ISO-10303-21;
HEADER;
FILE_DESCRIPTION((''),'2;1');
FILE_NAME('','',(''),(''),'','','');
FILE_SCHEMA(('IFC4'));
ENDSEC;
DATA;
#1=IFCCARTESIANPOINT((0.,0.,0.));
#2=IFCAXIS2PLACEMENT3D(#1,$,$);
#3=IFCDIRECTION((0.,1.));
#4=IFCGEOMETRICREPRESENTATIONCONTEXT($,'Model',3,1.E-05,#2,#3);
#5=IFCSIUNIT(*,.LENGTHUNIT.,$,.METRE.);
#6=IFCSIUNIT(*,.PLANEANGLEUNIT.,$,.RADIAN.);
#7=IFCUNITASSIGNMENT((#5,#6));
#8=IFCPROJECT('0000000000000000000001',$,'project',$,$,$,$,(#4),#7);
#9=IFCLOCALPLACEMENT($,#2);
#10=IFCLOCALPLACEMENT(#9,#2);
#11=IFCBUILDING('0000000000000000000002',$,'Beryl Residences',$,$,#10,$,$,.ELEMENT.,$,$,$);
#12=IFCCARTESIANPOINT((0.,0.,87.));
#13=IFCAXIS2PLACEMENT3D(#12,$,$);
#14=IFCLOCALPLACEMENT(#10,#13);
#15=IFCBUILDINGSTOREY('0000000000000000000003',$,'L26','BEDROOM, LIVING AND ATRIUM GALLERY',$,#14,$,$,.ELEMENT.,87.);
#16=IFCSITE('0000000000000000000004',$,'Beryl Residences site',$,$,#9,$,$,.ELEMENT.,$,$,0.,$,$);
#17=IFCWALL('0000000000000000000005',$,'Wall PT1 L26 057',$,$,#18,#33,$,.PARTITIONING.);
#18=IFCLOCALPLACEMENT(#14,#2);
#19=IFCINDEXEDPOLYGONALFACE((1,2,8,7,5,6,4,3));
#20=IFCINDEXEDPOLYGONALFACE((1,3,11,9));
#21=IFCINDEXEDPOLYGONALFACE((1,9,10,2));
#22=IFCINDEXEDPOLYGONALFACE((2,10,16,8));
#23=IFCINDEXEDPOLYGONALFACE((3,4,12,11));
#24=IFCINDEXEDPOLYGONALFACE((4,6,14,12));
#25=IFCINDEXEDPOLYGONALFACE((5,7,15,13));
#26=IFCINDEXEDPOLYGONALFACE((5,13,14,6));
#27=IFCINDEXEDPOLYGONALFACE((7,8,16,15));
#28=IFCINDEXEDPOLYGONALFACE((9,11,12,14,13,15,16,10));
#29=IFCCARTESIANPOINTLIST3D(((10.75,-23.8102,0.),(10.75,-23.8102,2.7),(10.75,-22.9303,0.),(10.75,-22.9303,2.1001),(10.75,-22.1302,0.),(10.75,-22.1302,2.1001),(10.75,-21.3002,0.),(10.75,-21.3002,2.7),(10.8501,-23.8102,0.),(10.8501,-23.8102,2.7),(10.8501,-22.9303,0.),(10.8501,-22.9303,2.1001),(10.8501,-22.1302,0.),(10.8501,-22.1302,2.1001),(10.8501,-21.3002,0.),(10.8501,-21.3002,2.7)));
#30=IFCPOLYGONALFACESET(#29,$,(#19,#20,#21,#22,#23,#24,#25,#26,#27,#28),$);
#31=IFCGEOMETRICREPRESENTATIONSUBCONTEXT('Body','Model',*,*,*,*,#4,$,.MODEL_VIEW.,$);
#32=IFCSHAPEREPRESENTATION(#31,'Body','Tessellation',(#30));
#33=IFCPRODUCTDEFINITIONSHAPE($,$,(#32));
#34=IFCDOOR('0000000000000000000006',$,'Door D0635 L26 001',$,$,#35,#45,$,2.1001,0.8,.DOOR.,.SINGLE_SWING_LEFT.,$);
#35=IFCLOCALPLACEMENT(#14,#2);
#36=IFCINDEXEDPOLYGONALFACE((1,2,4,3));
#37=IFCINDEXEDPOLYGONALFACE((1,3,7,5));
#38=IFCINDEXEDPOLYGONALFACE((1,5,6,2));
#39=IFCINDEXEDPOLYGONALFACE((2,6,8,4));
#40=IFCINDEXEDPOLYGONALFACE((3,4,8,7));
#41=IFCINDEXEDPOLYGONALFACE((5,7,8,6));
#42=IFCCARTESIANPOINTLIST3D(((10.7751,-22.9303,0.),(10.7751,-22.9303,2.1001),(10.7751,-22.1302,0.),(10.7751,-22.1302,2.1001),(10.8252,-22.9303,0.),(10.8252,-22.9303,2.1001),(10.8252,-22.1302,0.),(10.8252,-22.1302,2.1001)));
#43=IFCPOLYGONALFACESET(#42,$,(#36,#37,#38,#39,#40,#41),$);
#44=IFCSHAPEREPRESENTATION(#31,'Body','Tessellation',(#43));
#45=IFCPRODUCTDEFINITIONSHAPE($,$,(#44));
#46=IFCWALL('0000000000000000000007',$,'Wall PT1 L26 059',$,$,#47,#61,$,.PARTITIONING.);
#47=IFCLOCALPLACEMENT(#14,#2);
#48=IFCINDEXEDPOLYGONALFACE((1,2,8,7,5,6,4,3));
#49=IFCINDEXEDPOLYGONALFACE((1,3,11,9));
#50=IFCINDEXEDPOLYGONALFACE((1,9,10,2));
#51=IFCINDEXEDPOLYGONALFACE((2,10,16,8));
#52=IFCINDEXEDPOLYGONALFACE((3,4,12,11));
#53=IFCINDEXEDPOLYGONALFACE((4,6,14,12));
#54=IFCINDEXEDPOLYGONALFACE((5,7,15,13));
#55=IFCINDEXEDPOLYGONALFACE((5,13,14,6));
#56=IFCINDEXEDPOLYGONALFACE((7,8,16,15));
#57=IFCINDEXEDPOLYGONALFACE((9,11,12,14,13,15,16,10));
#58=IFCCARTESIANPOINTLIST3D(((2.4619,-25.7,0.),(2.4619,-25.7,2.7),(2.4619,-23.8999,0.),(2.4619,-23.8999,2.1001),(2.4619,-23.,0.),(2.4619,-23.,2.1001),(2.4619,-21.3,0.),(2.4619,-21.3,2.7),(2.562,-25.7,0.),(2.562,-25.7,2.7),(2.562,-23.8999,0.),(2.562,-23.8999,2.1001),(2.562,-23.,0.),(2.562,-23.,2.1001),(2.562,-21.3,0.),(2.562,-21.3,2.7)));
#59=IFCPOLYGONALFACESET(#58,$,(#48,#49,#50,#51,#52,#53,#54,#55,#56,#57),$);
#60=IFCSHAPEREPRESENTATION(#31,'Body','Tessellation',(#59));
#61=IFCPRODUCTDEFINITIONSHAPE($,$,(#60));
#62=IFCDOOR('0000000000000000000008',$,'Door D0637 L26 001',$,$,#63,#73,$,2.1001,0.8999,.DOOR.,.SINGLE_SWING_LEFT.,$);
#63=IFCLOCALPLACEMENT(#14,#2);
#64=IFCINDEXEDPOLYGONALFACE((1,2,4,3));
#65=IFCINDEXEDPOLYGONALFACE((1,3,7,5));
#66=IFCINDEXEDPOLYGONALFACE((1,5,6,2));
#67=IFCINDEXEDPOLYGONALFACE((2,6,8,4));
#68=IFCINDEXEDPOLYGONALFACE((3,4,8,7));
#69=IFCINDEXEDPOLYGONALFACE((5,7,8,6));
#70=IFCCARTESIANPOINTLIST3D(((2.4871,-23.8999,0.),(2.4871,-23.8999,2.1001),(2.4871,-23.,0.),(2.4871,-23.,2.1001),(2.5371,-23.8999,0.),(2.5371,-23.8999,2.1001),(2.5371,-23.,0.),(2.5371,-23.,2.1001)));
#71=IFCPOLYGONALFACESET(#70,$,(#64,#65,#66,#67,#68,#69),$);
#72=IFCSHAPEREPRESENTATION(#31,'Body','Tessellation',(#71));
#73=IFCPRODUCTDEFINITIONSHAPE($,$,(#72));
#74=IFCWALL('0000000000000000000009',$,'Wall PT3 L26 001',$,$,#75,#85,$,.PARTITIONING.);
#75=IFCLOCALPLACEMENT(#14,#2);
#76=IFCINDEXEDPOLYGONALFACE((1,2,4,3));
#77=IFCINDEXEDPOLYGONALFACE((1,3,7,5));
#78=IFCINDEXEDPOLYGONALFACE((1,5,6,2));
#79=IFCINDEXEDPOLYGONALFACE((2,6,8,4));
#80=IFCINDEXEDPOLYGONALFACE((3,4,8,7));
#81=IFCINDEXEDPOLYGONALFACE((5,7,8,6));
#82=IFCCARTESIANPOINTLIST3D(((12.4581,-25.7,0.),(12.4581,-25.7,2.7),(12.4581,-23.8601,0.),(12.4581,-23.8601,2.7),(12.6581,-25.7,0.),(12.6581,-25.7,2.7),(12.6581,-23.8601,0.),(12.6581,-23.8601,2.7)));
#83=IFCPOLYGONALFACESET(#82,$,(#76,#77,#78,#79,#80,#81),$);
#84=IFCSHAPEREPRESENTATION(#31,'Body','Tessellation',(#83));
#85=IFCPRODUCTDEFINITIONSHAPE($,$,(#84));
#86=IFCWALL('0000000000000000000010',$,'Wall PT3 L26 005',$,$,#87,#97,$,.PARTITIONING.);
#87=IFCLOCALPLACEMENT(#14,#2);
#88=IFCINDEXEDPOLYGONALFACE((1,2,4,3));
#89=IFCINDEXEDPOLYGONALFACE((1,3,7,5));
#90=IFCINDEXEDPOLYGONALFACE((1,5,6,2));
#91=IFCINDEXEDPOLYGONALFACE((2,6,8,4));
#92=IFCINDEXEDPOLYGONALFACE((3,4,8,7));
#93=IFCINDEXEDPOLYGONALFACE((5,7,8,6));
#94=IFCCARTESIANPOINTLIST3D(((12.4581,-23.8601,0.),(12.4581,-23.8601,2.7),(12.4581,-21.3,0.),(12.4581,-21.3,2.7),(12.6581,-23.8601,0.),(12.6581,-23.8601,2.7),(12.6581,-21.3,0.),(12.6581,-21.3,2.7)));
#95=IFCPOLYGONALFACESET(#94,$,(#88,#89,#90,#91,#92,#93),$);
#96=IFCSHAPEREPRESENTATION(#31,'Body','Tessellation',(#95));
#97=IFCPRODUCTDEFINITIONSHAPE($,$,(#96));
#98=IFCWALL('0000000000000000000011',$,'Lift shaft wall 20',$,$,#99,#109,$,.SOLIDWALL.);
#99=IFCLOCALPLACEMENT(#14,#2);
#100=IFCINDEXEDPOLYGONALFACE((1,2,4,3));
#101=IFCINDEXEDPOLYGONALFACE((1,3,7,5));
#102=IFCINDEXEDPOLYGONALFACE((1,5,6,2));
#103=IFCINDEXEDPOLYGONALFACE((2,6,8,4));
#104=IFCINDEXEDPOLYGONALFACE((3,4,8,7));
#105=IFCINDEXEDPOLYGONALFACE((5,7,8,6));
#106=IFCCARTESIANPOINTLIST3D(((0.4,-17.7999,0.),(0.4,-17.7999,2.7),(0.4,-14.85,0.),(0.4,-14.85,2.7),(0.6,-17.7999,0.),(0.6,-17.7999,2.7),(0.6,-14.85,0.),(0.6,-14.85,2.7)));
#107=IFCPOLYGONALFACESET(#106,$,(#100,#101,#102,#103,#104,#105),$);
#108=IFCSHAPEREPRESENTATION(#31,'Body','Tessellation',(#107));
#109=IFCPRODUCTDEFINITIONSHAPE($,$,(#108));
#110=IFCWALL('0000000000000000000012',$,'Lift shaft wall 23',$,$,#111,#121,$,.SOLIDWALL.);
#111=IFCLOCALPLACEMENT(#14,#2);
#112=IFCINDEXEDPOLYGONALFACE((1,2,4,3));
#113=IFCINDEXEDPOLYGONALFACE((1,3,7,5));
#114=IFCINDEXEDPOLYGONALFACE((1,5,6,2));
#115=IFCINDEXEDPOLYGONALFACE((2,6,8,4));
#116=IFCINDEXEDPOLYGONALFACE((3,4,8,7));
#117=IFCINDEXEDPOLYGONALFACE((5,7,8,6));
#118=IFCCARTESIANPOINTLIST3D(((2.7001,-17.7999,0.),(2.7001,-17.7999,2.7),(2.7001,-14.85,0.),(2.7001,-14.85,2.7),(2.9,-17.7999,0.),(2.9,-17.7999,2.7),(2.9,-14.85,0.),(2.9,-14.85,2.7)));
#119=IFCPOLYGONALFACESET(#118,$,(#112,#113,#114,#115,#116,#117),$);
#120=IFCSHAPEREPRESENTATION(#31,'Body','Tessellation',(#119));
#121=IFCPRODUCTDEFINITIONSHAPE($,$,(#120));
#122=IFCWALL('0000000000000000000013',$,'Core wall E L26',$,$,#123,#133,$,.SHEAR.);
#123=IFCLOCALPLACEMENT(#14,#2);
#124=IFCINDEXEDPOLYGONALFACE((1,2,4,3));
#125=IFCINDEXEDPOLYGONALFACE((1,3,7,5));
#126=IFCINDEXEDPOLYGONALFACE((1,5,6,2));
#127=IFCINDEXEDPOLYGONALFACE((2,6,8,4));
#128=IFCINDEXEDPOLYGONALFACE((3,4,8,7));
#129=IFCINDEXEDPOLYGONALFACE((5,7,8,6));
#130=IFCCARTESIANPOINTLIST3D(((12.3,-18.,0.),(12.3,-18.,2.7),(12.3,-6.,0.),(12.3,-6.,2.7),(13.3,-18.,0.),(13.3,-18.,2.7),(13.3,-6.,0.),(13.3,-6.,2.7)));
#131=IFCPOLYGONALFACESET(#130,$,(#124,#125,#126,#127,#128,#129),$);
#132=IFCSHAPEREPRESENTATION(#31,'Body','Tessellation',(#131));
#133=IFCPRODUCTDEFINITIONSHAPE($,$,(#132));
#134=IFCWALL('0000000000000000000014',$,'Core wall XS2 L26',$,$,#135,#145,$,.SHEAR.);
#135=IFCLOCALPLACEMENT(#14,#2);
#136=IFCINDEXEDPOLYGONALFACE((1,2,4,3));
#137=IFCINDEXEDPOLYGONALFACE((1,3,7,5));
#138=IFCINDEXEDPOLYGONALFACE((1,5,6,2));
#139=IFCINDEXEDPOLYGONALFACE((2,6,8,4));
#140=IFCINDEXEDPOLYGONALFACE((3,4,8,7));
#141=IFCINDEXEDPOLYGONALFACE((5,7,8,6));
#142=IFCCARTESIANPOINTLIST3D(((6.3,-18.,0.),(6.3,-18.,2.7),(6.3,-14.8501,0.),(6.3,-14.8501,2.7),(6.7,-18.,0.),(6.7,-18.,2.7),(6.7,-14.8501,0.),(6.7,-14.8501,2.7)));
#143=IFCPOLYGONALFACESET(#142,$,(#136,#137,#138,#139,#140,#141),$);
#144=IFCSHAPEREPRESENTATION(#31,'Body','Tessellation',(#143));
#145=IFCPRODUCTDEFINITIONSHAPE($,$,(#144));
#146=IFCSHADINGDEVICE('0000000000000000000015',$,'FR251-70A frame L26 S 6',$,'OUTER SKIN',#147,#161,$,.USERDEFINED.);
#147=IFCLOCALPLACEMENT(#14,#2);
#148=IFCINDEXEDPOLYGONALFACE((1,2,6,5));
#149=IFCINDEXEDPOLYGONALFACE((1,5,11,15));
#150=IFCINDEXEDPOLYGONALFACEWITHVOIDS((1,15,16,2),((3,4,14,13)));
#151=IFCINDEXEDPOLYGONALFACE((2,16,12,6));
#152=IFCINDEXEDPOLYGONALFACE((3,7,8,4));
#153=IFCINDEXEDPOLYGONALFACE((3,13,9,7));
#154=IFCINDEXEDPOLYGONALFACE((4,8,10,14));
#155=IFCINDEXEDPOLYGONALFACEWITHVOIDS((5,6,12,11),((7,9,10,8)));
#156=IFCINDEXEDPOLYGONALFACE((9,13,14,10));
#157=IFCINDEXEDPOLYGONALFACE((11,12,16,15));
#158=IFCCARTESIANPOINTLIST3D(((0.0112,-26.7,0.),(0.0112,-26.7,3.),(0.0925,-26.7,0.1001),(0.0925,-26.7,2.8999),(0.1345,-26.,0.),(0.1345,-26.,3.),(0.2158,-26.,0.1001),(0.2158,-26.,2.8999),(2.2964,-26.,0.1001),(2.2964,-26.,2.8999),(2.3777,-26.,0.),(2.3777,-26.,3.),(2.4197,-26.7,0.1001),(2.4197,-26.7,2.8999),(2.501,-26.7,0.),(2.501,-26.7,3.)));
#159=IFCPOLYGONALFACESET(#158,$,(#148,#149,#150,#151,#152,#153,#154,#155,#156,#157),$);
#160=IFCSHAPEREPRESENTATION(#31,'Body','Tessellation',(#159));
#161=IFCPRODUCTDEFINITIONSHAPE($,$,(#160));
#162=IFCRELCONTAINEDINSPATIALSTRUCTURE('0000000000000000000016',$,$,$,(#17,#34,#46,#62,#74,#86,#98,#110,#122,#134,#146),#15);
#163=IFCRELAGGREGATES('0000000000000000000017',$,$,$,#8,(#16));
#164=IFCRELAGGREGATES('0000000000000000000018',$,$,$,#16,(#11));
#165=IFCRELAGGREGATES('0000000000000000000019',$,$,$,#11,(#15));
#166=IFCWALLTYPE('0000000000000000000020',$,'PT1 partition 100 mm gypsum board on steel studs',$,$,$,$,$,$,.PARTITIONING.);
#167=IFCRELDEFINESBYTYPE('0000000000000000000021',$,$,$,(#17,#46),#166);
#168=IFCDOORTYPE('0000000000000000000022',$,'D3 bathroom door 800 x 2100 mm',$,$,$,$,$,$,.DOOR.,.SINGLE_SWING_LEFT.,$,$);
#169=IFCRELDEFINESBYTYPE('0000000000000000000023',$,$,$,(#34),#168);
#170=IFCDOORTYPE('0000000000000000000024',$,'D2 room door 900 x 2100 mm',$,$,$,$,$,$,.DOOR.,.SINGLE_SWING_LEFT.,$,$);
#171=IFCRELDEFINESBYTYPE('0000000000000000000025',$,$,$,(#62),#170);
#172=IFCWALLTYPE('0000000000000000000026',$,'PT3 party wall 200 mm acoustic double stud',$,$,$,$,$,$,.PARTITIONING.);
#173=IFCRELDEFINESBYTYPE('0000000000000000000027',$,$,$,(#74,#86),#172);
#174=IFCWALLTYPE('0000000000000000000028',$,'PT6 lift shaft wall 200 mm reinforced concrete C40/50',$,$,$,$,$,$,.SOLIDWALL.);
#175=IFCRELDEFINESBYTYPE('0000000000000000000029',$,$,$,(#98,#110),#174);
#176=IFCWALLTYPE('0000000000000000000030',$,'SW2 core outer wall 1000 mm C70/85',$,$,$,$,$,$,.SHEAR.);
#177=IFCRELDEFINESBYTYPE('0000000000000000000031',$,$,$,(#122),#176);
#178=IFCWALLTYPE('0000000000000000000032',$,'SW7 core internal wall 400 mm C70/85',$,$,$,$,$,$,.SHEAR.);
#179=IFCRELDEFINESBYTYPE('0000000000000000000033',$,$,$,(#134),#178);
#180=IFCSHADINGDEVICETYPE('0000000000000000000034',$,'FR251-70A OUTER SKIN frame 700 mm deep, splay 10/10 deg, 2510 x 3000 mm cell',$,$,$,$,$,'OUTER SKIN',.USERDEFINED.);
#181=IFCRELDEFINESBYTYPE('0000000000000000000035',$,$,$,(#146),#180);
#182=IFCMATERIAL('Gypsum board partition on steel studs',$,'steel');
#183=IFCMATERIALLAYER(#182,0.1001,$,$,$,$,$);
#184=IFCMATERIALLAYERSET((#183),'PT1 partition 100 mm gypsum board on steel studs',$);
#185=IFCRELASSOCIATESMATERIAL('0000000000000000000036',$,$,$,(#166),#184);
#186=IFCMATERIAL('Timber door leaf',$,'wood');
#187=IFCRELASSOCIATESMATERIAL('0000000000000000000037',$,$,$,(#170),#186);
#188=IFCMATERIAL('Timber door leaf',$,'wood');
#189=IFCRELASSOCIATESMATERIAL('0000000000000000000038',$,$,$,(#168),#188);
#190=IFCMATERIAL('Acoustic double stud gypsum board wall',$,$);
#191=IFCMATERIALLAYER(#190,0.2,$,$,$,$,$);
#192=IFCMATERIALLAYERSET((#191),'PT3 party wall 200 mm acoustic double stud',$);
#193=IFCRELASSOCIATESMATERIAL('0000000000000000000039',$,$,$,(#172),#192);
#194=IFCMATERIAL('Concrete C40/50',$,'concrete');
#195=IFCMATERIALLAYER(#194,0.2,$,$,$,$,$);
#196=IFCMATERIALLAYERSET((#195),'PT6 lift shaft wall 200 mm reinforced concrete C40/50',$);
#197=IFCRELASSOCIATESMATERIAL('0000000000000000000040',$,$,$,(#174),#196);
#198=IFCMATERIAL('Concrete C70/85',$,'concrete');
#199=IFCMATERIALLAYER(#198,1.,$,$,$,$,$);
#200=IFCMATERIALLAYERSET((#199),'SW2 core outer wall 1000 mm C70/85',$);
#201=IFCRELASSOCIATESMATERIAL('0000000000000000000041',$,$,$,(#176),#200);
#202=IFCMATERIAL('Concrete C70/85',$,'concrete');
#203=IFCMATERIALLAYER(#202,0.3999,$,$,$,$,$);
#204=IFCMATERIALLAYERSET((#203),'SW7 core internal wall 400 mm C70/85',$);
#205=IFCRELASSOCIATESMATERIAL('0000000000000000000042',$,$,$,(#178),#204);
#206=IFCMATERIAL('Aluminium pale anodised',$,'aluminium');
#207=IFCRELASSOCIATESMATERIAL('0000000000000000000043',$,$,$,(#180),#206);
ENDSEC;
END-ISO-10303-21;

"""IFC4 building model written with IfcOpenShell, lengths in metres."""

from ifc_helpers import new_model, entity, si_unit, direction, frame, frame_2d, origin, place, context, subcontext, project, spatial, rectangle, extrude, source, transform, mapped, material, layer, layer_set, type_object, type_shapes, element, fill, save


model = new_model("IFC4")

# Units and contexts
model_context = context("Model", 3, precision=1e-05, world=origin(), true_north=direction((0.0, 1.0)))
body_context = subcontext(model_context, "Body", "Model", "MODEL_VIEW")
ifc_project = project(units=[si_unit("LENGTHUNIT", "METRE"), si_unit("PLANEANGLEUNIT", "RADIAN")], contexts=[model_context])

# Site, building, storey
site_placement = place(None, origin())
site = spatial("IfcSite", under=ifc_project, at=site_placement, Name="Beryl Residences site", CompositionType="ELEMENT", RefElevation=0.0)
building_placement = place(site_placement, origin())
building = spatial("IfcBuilding", under=site, at=building_placement, Name="Beryl Residences", CompositionType="ELEMENT")
storey_placement = place(building_placement, frame((0.0, 0.0, 87.0)))
storey = spatial("IfcBuildingStorey", under=building, at=storey_placement, Name="L26", Description="BEDROOM, LIVING AND ATRIUM GALLERY", CompositionType="ELEMENT", Elevation=87.0)

# Shared definitions
ifc_material_1 = material(Name="Gypsum board partition on steel studs", Category="steel")
ifc_layer_1 = layer(ifc_material_1, 0.1001)
ifc_layer_set_1 = layer_set([ifc_layer_1], Name="PT1 partition 100 mm gypsum board on steel studs")
wall_type_1 = type_object("IfcWallType", Name="PT1 partition 100 mm gypsum board on steel studs", PredefinedType="PARTITIONING", material=ifc_layer_set_1)
ifc_material_2 = material(Name="Timber door leaf", Category="wood")
door_type_1 = type_object("IfcDoorType", Name="D2 room door 900 x 2100 mm", OperationType="SINGLE_SWING_LEFT", PredefinedType="DOOR", material=ifc_material_2)

# Walls, openings, doors
wall_1_placement = place(storey_placement, frame((10.8, -23.8101, 0.0), z_axis=(0.0, 0.0, 1.0), x_axis=(0.0, 1.0, 0.0)))
wall_1 = element("IfcWall", 1, at=wall_1_placement, inside=storey, type_object=wall_type_1, Name="Wall PT1 L26 057", PredefinedType="PARTITIONING", context=body_context, shape_type="SweptSolid", body=[
    extrude(rectangle(XDim=2.51, YDim=0.1001, at=frame_2d((1.2549, 0.0))), origin(), (0.0, 0.0, 1.0), 2.7),
])
opening_1_placement = place(wall_1_placement, frame((0.8799, 0.0, 0.0)))
opening_1 = element("IfcOpeningElement", 2, at=opening_1_placement, cuts=wall_1, PredefinedType="OPENING", context=body_context, shape_type="SweptSolid", body=[
    extrude(rectangle(XDim=0.8, YDim=2.1001, at=frame_2d((0.3999, 1.05))), frame((0.0, 0.0601, 0.0), z_axis=(0.0, -1.0, 0.0), x_axis=(1.0, 0.0, 0.0)), (0.0, 0.0, 1.0), 0.1201),
])
ifc_material_3 = material(Name="Timber door leaf", Category="wood")
door_type_2 = type_object("IfcDoorType", Name="D3 bathroom door 800 x 2100 mm", OperationType="SINGLE_SWING_LEFT", PredefinedType="DOOR", material=ifc_material_3)
door_1_placement = place(opening_1_placement, origin())
door_1 = element("IfcDoor", 3, at=door_1_placement, inside=storey, type_object=door_type_2, Name="Door D0635 L26 001", OperationType="SINGLE_SWING_LEFT", OverallHeight=2.1001, OverallWidth=0.8, PredefinedType="DOOR", context=body_context, shape_type="SweptSolid", body=[
    extrude(rectangle(XDim=0.8, YDim=2.1001, at=frame_2d((0.3999, 1.05))), frame((0.0, 0.0249, 0.0), z_axis=(0.0, -1.0, 0.0), x_axis=(1.0, 0.0, 0.0)), (0.0, 0.0, 1.0), 0.05),
])
fill(opening_1, door_1)
wall_2_placement = place(storey_placement, frame((2.512, -25.7, 0.0), z_axis=(0.0, 0.0, 1.0), x_axis=(0.0, 1.0, 0.0)))
wall_2 = element("IfcWall", 4, at=wall_2_placement, inside=storey, type_object=wall_type_1, Name="Wall PT1 L26 059", PredefinedType="PARTITIONING", context=body_context, shape_type="SweptSolid", body=[
    extrude(rectangle(XDim=4.3999, YDim=0.1001, at=frame_2d((2.2, 0.0))), origin(), (0.0, 0.0, 1.0), 2.7),
])
opening_2_placement = place(wall_2_placement, frame((1.8, 0.0, 0.0)))
opening_2 = element("IfcOpeningElement", 5, at=opening_2_placement, cuts=wall_2, PredefinedType="OPENING", context=body_context, shape_type="SweptSolid", body=[
    extrude(rectangle(XDim=0.8999, YDim=2.1001, at=frame_2d((0.45, 1.05))), frame((0.0, 0.0601, 0.0), z_axis=(0.0, -1.0, 0.0), x_axis=(1.0, 0.0, 0.0)), (0.0, 0.0, 1.0), 0.1201),
])
door_2_placement = place(opening_2_placement, origin())
door_2 = element("IfcDoor", 6, at=door_2_placement, inside=storey, type_object=door_type_1, Name="Door D0637 L26 001", OperationType="SINGLE_SWING_LEFT", OverallHeight=2.1001, OverallWidth=0.8999, PredefinedType="DOOR", context=body_context, shape_type="SweptSolid", body=[
    extrude(rectangle(XDim=0.8999, YDim=2.1001, at=frame_2d((0.45, 1.05))), frame((0.0, 0.0249, 0.0), z_axis=(0.0, -1.0, 0.0), x_axis=(1.0, 0.0, 0.0)), (0.0, 0.0, 1.0), 0.05),
])
fill(opening_2, door_2)

# Walls
ifc_material_4 = material(Name="Acoustic double stud gypsum board wall")
ifc_layer_2 = layer(ifc_material_4, 0.2)
ifc_layer_set_2 = layer_set([ifc_layer_2], Name="PT3 party wall 200 mm acoustic double stud")
wall_type_2 = type_object("IfcWallType", Name="PT3 party wall 200 mm acoustic double stud", PredefinedType="PARTITIONING", material=ifc_layer_set_2)
wall_3_placement = place(storey_placement, frame((12.5581, -23.8601, 0.0), z_axis=(0.0, 0.0, 1.0), x_axis=(0.0, -1.0, 0.0)))
element("IfcWall", 7, at=wall_3_placement, inside=storey, type_object=wall_type_2, Name="Wall PT3 L26 001", PredefinedType="PARTITIONING", context=body_context, shape_type="SweptSolid", body=[
    extrude(rectangle(XDim=1.8398, YDim=0.2, at=frame_2d((0.9199, 0.0))), origin(), (0.0, 0.0, 1.0), 2.7),
])
wall_4_placement = place(storey_placement, frame((12.5581, -23.8601, 0.0), z_axis=(0.0, 0.0, 1.0), x_axis=(0.0, 1.0, 0.0)))
element("IfcWall", 8, at=wall_4_placement, inside=storey, type_object=wall_type_2, Name="Wall PT3 L26 005", PredefinedType="PARTITIONING", context=body_context, shape_type="SweptSolid", body=[
    extrude(rectangle(XDim=2.5601, YDim=0.2, at=frame_2d((1.28, 0.0))), origin(), (0.0, 0.0, 1.0), 2.7),
])
ifc_material_5 = material(Name="Concrete C40/50", Category="concrete")
ifc_layer_3 = layer(ifc_material_5, 0.2)
ifc_layer_set_3 = layer_set([ifc_layer_3], Name="PT6 lift shaft wall 200 mm reinforced concrete C40/50")
wall_type_3 = type_object("IfcWallType", Name="PT6 lift shaft wall 200 mm reinforced concrete C40/50", PredefinedType="SOLIDWALL", material=ifc_layer_set_3)
for number, where, z_axis, x_axis, name in (
    (9, (0.5, -17.8, 0.0), (0.0, 0.0, 1.0), (0.0, 1.0, 0.0), "Lift shaft wall 20"),
    (10, (2.8, -17.8, 0.0), (0.0, 0.0, 1.0), (0.0, 1.0, 0.0), "Lift shaft wall 23"),
):
    element("IfcWall", number, at=place(storey_placement, frame(where, z_axis=z_axis, x_axis=x_axis)), inside=storey, type_object=wall_type_3, Name=name, PredefinedType="SOLIDWALL", context=body_context, shape_type="SweptSolid", body=[
        extrude(rectangle(XDim=2.95, YDim=0.2, at=frame_2d((1.4751, 0.0))), origin(), (0.0, 0.0, 1.0), 2.7),
    ])
ifc_material_6 = material(Name="Concrete C70/85", Category="concrete")
ifc_layer_4 = layer(ifc_material_6, 1.0)
ifc_layer_set_4 = layer_set([ifc_layer_4], Name="SW2 core outer wall 1000 mm C70/85")
wall_type_4 = type_object("IfcWallType", Name="SW2 core outer wall 1000 mm C70/85", PredefinedType="SHEAR", material=ifc_layer_set_4)
wall_5_placement = place(storey_placement, frame((12.8, -18.0, 0.0), z_axis=(0.0, 0.0, 1.0), x_axis=(0.0, 1.0, 0.0)))
element("IfcWall", 11, at=wall_5_placement, inside=storey, type_object=wall_type_4, Name="Core wall E L26", PredefinedType="SHEAR", context=body_context, shape_type="SweptSolid", body=[
    extrude(rectangle(XDim=12.0, YDim=1.0, at=frame_2d((6.0, 0.0))), origin(), (0.0, 0.0, 1.0), 2.7),
])
ifc_material_7 = material(Name="Concrete C70/85", Category="concrete")
ifc_layer_5 = layer(ifc_material_7, 0.3999)
ifc_layer_set_5 = layer_set([ifc_layer_5], Name="SW7 core internal wall 400 mm C70/85")
wall_type_5 = type_object("IfcWallType", Name="SW7 core internal wall 400 mm C70/85", PredefinedType="SHEAR", material=ifc_layer_set_5)
wall_6_placement = place(storey_placement, frame((6.5, -18.0, 0.0), z_axis=(0.0, 0.0, 1.0), x_axis=(0.0, 1.0, 0.0)))
element("IfcWall", 12, at=wall_6_placement, inside=storey, type_object=wall_type_5, Name="Core wall XS2 L26", PredefinedType="SHEAR", context=body_context, shape_type="SweptSolid", body=[
    extrude(rectangle(XDim=3.1499, YDim=0.3999, at=frame_2d((1.575, 0.0))), origin(), (0.0, 0.0, 1.0), 2.7),
])

# Shading device
ifc_material_8 = material(Name="Aluminium pale anodised", Category="aluminium")
shading_device_type = type_object("IfcShadingDeviceType", Name="FR251-70A OUTER SKIN frame 700 mm deep, splay 10/10 deg, 2510 x 3000 mm cell", ElementType="OUTER SKIN", PredefinedType="USERDEFINED", material=ifc_material_8)
cartesian_point_1 = entity("IfcCartesianPoint", [-1.1216, 0.0])
cartesian_point_2 = entity("IfcCartesianPoint", [-1.0403, 0.1001])
cartesian_point_3 = entity("IfcCartesianPoint", [-1.2449, 0.0])
cartesian_point_4 = entity("IfcCartesianPoint", [-1.1636, 0.1001])
shared_shape_1 = source(origin(), body_context, "Body", "SweptSolid", [
    entity("IfcExtrudedAreaSolidTapered", entity("IfcArbitraryProfileDefWithVoids", "AREA", None, entity("IfcPolyline", [cartesian_point_1, entity("IfcCartesianPoint", [1.1216, 0.0]), entity("IfcCartesianPoint", [1.1216, 3.0]), entity("IfcCartesianPoint", [-1.1216, 3.0]), cartesian_point_1]), [entity("IfcPolyline", [cartesian_point_2, entity("IfcCartesianPoint", [1.0403, 0.1001]), entity("IfcCartesianPoint", [1.0403, 2.8999]), entity("IfcCartesianPoint", [-1.0403, 2.8999]), cartesian_point_2])]), entity("IfcAxis2Placement3D", entity("IfcCartesianPoint", [0.0, 0.0, 0.0]), entity("IfcDirection", [0.0, 1.0, 0.0]), entity("IfcDirection", [-1.0, 0.0, 0.0])), entity("IfcDirection", [0.0, 0.0, 1.0]), 0.7, entity("IfcArbitraryProfileDefWithVoids", "AREA", None, entity("IfcPolyline", [cartesian_point_3, entity("IfcCartesianPoint", [1.2449, 0.0]), entity("IfcCartesianPoint", [1.2449, 3.0]), entity("IfcCartesianPoint", [-1.2449, 3.0]), cartesian_point_3]), [entity("IfcPolyline", [cartesian_point_4, entity("IfcCartesianPoint", [1.1636, 0.1001]), entity("IfcCartesianPoint", [1.1636, 2.8999]), entity("IfcCartesianPoint", [-1.1636, 2.8999]), cartesian_point_4])])),
])
type_shapes(shading_device_type, [shared_shape_1])
for number, where, z_axis, x_axis, name in (
    (13, (1.2561, -26.0, 0.0), (0.0, 0.0, 1.0), (-1.0, 0.0, 0.0), "FR251-70A frame L26 S 6"),
):
    element("IfcShadingDevice", number, at=place(storey_placement, frame(where, z_axis=z_axis, x_axis=x_axis)), inside=storey, type_object=shading_device_type, Name=name, ObjectType="OUTER SKIN", PredefinedType="USERDEFINED", context=body_context, shape_type="MappedRepresentation", body=[
        mapped(shared_shape_1, transform((0.0, 0.0, 0.0))),
    ])

save(model, "model.ifc")
